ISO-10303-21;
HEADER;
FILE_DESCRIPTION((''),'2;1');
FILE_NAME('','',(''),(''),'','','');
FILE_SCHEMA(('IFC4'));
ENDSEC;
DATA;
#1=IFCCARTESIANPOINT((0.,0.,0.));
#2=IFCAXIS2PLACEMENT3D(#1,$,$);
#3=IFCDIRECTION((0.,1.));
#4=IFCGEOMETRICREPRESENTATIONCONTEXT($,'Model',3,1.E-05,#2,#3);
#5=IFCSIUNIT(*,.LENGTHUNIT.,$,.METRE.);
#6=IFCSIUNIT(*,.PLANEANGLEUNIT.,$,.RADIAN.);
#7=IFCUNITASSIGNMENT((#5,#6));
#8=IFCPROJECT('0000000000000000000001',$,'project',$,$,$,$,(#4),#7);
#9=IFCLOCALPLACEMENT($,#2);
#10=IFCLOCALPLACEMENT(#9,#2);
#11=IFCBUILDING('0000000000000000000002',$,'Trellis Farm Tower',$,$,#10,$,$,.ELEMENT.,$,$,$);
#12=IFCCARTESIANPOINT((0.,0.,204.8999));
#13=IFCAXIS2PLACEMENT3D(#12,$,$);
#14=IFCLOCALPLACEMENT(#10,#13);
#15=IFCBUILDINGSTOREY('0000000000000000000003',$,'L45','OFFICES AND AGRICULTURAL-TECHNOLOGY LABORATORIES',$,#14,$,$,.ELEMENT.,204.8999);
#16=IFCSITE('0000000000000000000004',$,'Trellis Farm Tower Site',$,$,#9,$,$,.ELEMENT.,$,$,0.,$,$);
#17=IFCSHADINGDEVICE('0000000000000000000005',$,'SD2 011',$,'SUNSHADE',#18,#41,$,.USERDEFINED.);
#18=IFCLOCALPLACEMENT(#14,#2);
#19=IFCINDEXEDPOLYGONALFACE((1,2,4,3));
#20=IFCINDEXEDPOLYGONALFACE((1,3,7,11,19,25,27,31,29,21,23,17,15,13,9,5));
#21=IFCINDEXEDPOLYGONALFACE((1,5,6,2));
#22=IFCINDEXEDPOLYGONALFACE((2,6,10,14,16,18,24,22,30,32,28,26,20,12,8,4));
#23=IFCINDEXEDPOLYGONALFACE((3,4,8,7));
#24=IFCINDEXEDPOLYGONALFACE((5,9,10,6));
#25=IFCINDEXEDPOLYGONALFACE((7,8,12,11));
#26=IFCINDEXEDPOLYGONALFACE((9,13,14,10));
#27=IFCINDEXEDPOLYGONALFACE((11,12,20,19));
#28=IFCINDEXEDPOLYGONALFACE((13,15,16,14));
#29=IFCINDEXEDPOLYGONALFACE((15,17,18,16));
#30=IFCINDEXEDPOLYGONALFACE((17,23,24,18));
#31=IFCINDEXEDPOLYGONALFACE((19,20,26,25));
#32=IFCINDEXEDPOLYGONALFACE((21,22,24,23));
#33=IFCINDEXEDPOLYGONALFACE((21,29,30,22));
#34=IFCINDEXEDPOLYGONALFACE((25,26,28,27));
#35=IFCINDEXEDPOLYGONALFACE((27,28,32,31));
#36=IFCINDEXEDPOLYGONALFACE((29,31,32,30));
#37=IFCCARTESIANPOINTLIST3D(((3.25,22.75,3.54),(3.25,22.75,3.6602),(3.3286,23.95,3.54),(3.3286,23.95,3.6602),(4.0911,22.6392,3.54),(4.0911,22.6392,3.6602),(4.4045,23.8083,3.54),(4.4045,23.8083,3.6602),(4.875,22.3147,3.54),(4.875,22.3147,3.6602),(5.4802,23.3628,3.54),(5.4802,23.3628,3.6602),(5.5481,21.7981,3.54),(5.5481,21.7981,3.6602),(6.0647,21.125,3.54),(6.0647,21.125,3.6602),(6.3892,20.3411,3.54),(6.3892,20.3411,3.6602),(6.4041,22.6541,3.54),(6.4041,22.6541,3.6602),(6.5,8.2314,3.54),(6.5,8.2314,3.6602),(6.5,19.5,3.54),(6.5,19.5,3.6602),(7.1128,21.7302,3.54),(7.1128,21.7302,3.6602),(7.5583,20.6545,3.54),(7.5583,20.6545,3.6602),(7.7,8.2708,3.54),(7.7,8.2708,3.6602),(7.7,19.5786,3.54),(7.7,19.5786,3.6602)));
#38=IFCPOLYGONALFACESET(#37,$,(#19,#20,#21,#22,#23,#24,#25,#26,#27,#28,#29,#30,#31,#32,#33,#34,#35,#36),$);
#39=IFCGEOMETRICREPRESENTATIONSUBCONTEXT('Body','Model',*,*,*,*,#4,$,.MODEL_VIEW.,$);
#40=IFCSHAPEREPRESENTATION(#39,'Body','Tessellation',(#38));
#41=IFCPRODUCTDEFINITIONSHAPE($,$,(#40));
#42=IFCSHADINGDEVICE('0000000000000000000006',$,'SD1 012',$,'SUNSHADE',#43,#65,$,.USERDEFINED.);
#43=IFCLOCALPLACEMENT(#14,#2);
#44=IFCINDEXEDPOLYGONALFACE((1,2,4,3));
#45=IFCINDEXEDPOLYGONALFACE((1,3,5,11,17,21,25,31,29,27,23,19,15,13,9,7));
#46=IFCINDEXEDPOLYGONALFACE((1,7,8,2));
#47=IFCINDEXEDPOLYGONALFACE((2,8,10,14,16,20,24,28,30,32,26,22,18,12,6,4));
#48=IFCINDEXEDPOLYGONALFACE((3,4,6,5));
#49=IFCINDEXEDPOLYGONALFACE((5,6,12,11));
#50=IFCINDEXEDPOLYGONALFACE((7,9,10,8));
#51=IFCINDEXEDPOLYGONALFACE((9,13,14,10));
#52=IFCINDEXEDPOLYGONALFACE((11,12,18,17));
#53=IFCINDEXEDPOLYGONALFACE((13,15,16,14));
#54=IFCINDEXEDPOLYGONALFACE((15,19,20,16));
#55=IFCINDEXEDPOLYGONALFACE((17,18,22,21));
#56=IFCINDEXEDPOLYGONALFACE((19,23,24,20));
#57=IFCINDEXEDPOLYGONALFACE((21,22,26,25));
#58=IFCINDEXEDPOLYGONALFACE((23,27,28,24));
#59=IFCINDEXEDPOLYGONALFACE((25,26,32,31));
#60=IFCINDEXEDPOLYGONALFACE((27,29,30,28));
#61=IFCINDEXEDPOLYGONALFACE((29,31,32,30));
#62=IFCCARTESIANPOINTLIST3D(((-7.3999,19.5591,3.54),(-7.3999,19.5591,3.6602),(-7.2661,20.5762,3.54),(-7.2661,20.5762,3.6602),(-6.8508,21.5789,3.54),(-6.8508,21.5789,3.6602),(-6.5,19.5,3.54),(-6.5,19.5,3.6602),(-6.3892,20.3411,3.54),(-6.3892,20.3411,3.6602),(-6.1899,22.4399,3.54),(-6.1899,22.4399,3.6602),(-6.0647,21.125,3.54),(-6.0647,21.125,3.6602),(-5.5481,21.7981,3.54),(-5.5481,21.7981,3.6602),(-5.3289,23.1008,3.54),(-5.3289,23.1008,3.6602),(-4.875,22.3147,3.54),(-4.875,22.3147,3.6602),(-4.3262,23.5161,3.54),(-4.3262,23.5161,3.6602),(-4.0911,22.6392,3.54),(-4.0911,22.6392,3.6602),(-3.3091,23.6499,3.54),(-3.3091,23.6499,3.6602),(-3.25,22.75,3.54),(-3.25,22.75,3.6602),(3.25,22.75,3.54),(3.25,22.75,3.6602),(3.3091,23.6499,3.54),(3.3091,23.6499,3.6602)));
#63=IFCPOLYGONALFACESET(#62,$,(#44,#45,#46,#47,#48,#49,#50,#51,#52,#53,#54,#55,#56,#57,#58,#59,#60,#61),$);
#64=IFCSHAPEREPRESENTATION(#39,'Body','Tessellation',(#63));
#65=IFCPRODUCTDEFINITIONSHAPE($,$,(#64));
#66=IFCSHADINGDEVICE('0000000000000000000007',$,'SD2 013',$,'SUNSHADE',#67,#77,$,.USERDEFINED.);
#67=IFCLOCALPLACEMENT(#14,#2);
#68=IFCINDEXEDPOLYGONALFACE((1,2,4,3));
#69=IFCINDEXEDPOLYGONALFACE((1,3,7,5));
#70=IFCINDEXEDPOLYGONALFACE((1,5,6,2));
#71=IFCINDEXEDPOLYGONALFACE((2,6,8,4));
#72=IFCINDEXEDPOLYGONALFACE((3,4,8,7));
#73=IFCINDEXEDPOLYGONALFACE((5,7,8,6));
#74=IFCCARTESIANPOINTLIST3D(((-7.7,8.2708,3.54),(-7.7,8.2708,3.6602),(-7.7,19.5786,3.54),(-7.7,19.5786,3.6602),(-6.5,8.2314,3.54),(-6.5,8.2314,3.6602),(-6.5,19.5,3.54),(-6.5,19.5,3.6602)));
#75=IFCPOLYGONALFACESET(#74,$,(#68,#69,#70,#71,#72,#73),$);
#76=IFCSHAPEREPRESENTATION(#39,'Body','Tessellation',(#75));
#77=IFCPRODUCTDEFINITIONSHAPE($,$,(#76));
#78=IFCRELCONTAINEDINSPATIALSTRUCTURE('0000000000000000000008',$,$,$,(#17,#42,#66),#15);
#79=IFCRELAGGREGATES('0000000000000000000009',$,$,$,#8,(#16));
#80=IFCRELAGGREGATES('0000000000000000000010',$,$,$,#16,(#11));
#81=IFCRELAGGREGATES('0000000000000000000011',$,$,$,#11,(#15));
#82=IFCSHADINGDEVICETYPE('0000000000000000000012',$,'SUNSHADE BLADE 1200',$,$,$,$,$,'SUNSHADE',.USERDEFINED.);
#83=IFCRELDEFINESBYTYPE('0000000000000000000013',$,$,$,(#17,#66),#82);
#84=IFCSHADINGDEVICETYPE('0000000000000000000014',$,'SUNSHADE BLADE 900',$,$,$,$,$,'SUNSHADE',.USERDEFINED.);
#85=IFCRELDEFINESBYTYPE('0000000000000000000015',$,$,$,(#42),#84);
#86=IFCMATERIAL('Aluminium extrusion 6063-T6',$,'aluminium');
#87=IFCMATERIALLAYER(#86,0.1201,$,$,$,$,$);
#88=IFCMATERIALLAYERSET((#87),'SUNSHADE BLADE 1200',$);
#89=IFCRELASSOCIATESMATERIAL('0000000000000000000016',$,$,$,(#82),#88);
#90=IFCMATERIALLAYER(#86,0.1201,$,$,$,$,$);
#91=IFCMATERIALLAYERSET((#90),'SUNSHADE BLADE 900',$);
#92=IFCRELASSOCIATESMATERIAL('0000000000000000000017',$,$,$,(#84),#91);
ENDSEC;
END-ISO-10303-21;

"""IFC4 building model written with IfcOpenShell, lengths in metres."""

from ifc_helpers import new_model, si_unit, direction, frame, origin, place, context, subcontext, project, spatial, polyline, outline, extrude, source, transform, mapped, material, layer, layer_set, type_object, element, save


model = new_model("IFC4")

# Units and contexts
model_context = context("Model", 3, precision=1e-05, world=origin(), true_north=direction((0.0, 1.0)))
body_context = subcontext(model_context, "Body", "Model", "MODEL_VIEW")
ifc_project = project(units=[si_unit("LENGTHUNIT", "METRE"), si_unit("PLANEANGLEUNIT", "RADIAN")], contexts=[model_context])

# Site, building, storey
site_placement = place(None, origin())
site = spatial("IfcSite", under=ifc_project, at=site_placement, Name="Trellis Farm Tower Site", CompositionType="ELEMENT", RefElevation=0.0)
building_placement = place(site_placement, origin())
building = spatial("IfcBuilding", under=site, at=building_placement, Name="Trellis Farm Tower", CompositionType="ELEMENT")
storey_placement = place(building_placement, frame((0.0, 0.0, 204.8999)))
storey = spatial("IfcBuildingStorey", under=building, at=storey_placement, Name="L45", Description="OFFICES AND AGRICULTURAL-TECHNOLOGY LABORATORIES", CompositionType="ELEMENT", Elevation=204.8999)

# Shared definitions
ifc_material_1 = material(Name="Aluminium extrusion 6063-T6", Category="aluminium")

# Shared definitions
ifc_layer_1 = layer(ifc_material_1, 0.1201)
ifc_layer_set_1 = layer_set([ifc_layer_1], Name="SUNSHADE BLADE 1200")
shading_device_type_1 = type_object("IfcShadingDeviceType", Name="SUNSHADE BLADE 1200", ElementType="SUNSHADE", PredefinedType="USERDEFINED", material=ifc_layer_set_1)
placement_1 = place(storey_placement, frame((0.0, 0.0, 3.54)))
ifc_layer_2 = layer(ifc_material_1, 0.1201)
ifc_layer_set_2 = layer_set([ifc_layer_2], Name="SUNSHADE BLADE 900")
shading_device_type_2 = type_object("IfcShadingDeviceType", Name="SUNSHADE BLADE 900", ElementType="SUNSHADE", PredefinedType="USERDEFINED", material=ifc_layer_set_2)

# Shading devices
shared_shape_1 = source(origin(), body_context, "Body", "SweptSolid", [
    extrude(outline(polyline([(7.7, 8.2708), (7.7, 19.5786), (7.5583, 20.6545), (7.1128, 21.7302), (6.4041, 22.6541), (5.4802, 23.3628), (4.4045, 23.8083), (3.3286, 23.95), (3.25, 22.75), (4.0911, 22.6392), (4.875, 22.3147), (5.5481, 21.7981), (6.0647, 21.125), (6.3892, 20.3411), (6.5, 19.5), (6.5, 8.2314), (7.7, 8.2708)])), origin(), (0.0, 0.0, 1.0), 0.1201),
])
element("IfcShadingDevice", 1, at=placement_1, inside=storey, type_object=shading_device_type_1, Name="SD2 011", ObjectType="SUNSHADE", PredefinedType="USERDEFINED", context=body_context, shape_type="MappedRepresentation", body=[
    mapped(shared_shape_1, transform((0.0, 0.0, 0.0))),
])
shared_shape_2 = source(origin(), body_context, "Body", "SweptSolid", [
    extrude(outline(polyline([(3.3091, 23.6499), (-3.3091, 23.6499), (-4.3262, 23.5161), (-5.3289, 23.1008), (-6.1899, 22.4399), (-6.8508, 21.5789), (-7.2661, 20.5762), (-7.3999, 19.5591), (-6.5, 19.5), (-6.3892, 20.3411), (-6.0647, 21.125), (-5.5481, 21.7981), (-4.875, 22.3147), (-4.0911, 22.6392), (-3.25, 22.75), (3.25, 22.75), (3.3091, 23.6499)])), origin(), (0.0, 0.0, 1.0), 0.1201),
])
element("IfcShadingDevice", 2, at=placement_1, inside=storey, type_object=shading_device_type_2, Name="SD1 012", ObjectType="SUNSHADE", PredefinedType="USERDEFINED", context=body_context, shape_type="MappedRepresentation", body=[
    mapped(shared_shape_2, transform((0.0, 0.0, 0.0))),
])
shared_shape_3 = source(origin(), body_context, "Body", "SweptSolid", [
    extrude(outline(polyline([(-7.7, 19.5786), (-7.7, 8.2708), (-6.5, 8.2314), (-6.5, 19.5), (-7.7, 19.5786)])), origin(), (0.0, 0.0, 1.0), 0.1201),
])
element("IfcShadingDevice", 3, at=placement_1, inside=storey, type_object=shading_device_type_1, Name="SD2 013", ObjectType="SUNSHADE", PredefinedType="USERDEFINED", context=body_context, shape_type="MappedRepresentation", body=[
    mapped(shared_shape_3, transform((0.0, 0.0, 0.0))),
])

save(model, "model.ifc")
